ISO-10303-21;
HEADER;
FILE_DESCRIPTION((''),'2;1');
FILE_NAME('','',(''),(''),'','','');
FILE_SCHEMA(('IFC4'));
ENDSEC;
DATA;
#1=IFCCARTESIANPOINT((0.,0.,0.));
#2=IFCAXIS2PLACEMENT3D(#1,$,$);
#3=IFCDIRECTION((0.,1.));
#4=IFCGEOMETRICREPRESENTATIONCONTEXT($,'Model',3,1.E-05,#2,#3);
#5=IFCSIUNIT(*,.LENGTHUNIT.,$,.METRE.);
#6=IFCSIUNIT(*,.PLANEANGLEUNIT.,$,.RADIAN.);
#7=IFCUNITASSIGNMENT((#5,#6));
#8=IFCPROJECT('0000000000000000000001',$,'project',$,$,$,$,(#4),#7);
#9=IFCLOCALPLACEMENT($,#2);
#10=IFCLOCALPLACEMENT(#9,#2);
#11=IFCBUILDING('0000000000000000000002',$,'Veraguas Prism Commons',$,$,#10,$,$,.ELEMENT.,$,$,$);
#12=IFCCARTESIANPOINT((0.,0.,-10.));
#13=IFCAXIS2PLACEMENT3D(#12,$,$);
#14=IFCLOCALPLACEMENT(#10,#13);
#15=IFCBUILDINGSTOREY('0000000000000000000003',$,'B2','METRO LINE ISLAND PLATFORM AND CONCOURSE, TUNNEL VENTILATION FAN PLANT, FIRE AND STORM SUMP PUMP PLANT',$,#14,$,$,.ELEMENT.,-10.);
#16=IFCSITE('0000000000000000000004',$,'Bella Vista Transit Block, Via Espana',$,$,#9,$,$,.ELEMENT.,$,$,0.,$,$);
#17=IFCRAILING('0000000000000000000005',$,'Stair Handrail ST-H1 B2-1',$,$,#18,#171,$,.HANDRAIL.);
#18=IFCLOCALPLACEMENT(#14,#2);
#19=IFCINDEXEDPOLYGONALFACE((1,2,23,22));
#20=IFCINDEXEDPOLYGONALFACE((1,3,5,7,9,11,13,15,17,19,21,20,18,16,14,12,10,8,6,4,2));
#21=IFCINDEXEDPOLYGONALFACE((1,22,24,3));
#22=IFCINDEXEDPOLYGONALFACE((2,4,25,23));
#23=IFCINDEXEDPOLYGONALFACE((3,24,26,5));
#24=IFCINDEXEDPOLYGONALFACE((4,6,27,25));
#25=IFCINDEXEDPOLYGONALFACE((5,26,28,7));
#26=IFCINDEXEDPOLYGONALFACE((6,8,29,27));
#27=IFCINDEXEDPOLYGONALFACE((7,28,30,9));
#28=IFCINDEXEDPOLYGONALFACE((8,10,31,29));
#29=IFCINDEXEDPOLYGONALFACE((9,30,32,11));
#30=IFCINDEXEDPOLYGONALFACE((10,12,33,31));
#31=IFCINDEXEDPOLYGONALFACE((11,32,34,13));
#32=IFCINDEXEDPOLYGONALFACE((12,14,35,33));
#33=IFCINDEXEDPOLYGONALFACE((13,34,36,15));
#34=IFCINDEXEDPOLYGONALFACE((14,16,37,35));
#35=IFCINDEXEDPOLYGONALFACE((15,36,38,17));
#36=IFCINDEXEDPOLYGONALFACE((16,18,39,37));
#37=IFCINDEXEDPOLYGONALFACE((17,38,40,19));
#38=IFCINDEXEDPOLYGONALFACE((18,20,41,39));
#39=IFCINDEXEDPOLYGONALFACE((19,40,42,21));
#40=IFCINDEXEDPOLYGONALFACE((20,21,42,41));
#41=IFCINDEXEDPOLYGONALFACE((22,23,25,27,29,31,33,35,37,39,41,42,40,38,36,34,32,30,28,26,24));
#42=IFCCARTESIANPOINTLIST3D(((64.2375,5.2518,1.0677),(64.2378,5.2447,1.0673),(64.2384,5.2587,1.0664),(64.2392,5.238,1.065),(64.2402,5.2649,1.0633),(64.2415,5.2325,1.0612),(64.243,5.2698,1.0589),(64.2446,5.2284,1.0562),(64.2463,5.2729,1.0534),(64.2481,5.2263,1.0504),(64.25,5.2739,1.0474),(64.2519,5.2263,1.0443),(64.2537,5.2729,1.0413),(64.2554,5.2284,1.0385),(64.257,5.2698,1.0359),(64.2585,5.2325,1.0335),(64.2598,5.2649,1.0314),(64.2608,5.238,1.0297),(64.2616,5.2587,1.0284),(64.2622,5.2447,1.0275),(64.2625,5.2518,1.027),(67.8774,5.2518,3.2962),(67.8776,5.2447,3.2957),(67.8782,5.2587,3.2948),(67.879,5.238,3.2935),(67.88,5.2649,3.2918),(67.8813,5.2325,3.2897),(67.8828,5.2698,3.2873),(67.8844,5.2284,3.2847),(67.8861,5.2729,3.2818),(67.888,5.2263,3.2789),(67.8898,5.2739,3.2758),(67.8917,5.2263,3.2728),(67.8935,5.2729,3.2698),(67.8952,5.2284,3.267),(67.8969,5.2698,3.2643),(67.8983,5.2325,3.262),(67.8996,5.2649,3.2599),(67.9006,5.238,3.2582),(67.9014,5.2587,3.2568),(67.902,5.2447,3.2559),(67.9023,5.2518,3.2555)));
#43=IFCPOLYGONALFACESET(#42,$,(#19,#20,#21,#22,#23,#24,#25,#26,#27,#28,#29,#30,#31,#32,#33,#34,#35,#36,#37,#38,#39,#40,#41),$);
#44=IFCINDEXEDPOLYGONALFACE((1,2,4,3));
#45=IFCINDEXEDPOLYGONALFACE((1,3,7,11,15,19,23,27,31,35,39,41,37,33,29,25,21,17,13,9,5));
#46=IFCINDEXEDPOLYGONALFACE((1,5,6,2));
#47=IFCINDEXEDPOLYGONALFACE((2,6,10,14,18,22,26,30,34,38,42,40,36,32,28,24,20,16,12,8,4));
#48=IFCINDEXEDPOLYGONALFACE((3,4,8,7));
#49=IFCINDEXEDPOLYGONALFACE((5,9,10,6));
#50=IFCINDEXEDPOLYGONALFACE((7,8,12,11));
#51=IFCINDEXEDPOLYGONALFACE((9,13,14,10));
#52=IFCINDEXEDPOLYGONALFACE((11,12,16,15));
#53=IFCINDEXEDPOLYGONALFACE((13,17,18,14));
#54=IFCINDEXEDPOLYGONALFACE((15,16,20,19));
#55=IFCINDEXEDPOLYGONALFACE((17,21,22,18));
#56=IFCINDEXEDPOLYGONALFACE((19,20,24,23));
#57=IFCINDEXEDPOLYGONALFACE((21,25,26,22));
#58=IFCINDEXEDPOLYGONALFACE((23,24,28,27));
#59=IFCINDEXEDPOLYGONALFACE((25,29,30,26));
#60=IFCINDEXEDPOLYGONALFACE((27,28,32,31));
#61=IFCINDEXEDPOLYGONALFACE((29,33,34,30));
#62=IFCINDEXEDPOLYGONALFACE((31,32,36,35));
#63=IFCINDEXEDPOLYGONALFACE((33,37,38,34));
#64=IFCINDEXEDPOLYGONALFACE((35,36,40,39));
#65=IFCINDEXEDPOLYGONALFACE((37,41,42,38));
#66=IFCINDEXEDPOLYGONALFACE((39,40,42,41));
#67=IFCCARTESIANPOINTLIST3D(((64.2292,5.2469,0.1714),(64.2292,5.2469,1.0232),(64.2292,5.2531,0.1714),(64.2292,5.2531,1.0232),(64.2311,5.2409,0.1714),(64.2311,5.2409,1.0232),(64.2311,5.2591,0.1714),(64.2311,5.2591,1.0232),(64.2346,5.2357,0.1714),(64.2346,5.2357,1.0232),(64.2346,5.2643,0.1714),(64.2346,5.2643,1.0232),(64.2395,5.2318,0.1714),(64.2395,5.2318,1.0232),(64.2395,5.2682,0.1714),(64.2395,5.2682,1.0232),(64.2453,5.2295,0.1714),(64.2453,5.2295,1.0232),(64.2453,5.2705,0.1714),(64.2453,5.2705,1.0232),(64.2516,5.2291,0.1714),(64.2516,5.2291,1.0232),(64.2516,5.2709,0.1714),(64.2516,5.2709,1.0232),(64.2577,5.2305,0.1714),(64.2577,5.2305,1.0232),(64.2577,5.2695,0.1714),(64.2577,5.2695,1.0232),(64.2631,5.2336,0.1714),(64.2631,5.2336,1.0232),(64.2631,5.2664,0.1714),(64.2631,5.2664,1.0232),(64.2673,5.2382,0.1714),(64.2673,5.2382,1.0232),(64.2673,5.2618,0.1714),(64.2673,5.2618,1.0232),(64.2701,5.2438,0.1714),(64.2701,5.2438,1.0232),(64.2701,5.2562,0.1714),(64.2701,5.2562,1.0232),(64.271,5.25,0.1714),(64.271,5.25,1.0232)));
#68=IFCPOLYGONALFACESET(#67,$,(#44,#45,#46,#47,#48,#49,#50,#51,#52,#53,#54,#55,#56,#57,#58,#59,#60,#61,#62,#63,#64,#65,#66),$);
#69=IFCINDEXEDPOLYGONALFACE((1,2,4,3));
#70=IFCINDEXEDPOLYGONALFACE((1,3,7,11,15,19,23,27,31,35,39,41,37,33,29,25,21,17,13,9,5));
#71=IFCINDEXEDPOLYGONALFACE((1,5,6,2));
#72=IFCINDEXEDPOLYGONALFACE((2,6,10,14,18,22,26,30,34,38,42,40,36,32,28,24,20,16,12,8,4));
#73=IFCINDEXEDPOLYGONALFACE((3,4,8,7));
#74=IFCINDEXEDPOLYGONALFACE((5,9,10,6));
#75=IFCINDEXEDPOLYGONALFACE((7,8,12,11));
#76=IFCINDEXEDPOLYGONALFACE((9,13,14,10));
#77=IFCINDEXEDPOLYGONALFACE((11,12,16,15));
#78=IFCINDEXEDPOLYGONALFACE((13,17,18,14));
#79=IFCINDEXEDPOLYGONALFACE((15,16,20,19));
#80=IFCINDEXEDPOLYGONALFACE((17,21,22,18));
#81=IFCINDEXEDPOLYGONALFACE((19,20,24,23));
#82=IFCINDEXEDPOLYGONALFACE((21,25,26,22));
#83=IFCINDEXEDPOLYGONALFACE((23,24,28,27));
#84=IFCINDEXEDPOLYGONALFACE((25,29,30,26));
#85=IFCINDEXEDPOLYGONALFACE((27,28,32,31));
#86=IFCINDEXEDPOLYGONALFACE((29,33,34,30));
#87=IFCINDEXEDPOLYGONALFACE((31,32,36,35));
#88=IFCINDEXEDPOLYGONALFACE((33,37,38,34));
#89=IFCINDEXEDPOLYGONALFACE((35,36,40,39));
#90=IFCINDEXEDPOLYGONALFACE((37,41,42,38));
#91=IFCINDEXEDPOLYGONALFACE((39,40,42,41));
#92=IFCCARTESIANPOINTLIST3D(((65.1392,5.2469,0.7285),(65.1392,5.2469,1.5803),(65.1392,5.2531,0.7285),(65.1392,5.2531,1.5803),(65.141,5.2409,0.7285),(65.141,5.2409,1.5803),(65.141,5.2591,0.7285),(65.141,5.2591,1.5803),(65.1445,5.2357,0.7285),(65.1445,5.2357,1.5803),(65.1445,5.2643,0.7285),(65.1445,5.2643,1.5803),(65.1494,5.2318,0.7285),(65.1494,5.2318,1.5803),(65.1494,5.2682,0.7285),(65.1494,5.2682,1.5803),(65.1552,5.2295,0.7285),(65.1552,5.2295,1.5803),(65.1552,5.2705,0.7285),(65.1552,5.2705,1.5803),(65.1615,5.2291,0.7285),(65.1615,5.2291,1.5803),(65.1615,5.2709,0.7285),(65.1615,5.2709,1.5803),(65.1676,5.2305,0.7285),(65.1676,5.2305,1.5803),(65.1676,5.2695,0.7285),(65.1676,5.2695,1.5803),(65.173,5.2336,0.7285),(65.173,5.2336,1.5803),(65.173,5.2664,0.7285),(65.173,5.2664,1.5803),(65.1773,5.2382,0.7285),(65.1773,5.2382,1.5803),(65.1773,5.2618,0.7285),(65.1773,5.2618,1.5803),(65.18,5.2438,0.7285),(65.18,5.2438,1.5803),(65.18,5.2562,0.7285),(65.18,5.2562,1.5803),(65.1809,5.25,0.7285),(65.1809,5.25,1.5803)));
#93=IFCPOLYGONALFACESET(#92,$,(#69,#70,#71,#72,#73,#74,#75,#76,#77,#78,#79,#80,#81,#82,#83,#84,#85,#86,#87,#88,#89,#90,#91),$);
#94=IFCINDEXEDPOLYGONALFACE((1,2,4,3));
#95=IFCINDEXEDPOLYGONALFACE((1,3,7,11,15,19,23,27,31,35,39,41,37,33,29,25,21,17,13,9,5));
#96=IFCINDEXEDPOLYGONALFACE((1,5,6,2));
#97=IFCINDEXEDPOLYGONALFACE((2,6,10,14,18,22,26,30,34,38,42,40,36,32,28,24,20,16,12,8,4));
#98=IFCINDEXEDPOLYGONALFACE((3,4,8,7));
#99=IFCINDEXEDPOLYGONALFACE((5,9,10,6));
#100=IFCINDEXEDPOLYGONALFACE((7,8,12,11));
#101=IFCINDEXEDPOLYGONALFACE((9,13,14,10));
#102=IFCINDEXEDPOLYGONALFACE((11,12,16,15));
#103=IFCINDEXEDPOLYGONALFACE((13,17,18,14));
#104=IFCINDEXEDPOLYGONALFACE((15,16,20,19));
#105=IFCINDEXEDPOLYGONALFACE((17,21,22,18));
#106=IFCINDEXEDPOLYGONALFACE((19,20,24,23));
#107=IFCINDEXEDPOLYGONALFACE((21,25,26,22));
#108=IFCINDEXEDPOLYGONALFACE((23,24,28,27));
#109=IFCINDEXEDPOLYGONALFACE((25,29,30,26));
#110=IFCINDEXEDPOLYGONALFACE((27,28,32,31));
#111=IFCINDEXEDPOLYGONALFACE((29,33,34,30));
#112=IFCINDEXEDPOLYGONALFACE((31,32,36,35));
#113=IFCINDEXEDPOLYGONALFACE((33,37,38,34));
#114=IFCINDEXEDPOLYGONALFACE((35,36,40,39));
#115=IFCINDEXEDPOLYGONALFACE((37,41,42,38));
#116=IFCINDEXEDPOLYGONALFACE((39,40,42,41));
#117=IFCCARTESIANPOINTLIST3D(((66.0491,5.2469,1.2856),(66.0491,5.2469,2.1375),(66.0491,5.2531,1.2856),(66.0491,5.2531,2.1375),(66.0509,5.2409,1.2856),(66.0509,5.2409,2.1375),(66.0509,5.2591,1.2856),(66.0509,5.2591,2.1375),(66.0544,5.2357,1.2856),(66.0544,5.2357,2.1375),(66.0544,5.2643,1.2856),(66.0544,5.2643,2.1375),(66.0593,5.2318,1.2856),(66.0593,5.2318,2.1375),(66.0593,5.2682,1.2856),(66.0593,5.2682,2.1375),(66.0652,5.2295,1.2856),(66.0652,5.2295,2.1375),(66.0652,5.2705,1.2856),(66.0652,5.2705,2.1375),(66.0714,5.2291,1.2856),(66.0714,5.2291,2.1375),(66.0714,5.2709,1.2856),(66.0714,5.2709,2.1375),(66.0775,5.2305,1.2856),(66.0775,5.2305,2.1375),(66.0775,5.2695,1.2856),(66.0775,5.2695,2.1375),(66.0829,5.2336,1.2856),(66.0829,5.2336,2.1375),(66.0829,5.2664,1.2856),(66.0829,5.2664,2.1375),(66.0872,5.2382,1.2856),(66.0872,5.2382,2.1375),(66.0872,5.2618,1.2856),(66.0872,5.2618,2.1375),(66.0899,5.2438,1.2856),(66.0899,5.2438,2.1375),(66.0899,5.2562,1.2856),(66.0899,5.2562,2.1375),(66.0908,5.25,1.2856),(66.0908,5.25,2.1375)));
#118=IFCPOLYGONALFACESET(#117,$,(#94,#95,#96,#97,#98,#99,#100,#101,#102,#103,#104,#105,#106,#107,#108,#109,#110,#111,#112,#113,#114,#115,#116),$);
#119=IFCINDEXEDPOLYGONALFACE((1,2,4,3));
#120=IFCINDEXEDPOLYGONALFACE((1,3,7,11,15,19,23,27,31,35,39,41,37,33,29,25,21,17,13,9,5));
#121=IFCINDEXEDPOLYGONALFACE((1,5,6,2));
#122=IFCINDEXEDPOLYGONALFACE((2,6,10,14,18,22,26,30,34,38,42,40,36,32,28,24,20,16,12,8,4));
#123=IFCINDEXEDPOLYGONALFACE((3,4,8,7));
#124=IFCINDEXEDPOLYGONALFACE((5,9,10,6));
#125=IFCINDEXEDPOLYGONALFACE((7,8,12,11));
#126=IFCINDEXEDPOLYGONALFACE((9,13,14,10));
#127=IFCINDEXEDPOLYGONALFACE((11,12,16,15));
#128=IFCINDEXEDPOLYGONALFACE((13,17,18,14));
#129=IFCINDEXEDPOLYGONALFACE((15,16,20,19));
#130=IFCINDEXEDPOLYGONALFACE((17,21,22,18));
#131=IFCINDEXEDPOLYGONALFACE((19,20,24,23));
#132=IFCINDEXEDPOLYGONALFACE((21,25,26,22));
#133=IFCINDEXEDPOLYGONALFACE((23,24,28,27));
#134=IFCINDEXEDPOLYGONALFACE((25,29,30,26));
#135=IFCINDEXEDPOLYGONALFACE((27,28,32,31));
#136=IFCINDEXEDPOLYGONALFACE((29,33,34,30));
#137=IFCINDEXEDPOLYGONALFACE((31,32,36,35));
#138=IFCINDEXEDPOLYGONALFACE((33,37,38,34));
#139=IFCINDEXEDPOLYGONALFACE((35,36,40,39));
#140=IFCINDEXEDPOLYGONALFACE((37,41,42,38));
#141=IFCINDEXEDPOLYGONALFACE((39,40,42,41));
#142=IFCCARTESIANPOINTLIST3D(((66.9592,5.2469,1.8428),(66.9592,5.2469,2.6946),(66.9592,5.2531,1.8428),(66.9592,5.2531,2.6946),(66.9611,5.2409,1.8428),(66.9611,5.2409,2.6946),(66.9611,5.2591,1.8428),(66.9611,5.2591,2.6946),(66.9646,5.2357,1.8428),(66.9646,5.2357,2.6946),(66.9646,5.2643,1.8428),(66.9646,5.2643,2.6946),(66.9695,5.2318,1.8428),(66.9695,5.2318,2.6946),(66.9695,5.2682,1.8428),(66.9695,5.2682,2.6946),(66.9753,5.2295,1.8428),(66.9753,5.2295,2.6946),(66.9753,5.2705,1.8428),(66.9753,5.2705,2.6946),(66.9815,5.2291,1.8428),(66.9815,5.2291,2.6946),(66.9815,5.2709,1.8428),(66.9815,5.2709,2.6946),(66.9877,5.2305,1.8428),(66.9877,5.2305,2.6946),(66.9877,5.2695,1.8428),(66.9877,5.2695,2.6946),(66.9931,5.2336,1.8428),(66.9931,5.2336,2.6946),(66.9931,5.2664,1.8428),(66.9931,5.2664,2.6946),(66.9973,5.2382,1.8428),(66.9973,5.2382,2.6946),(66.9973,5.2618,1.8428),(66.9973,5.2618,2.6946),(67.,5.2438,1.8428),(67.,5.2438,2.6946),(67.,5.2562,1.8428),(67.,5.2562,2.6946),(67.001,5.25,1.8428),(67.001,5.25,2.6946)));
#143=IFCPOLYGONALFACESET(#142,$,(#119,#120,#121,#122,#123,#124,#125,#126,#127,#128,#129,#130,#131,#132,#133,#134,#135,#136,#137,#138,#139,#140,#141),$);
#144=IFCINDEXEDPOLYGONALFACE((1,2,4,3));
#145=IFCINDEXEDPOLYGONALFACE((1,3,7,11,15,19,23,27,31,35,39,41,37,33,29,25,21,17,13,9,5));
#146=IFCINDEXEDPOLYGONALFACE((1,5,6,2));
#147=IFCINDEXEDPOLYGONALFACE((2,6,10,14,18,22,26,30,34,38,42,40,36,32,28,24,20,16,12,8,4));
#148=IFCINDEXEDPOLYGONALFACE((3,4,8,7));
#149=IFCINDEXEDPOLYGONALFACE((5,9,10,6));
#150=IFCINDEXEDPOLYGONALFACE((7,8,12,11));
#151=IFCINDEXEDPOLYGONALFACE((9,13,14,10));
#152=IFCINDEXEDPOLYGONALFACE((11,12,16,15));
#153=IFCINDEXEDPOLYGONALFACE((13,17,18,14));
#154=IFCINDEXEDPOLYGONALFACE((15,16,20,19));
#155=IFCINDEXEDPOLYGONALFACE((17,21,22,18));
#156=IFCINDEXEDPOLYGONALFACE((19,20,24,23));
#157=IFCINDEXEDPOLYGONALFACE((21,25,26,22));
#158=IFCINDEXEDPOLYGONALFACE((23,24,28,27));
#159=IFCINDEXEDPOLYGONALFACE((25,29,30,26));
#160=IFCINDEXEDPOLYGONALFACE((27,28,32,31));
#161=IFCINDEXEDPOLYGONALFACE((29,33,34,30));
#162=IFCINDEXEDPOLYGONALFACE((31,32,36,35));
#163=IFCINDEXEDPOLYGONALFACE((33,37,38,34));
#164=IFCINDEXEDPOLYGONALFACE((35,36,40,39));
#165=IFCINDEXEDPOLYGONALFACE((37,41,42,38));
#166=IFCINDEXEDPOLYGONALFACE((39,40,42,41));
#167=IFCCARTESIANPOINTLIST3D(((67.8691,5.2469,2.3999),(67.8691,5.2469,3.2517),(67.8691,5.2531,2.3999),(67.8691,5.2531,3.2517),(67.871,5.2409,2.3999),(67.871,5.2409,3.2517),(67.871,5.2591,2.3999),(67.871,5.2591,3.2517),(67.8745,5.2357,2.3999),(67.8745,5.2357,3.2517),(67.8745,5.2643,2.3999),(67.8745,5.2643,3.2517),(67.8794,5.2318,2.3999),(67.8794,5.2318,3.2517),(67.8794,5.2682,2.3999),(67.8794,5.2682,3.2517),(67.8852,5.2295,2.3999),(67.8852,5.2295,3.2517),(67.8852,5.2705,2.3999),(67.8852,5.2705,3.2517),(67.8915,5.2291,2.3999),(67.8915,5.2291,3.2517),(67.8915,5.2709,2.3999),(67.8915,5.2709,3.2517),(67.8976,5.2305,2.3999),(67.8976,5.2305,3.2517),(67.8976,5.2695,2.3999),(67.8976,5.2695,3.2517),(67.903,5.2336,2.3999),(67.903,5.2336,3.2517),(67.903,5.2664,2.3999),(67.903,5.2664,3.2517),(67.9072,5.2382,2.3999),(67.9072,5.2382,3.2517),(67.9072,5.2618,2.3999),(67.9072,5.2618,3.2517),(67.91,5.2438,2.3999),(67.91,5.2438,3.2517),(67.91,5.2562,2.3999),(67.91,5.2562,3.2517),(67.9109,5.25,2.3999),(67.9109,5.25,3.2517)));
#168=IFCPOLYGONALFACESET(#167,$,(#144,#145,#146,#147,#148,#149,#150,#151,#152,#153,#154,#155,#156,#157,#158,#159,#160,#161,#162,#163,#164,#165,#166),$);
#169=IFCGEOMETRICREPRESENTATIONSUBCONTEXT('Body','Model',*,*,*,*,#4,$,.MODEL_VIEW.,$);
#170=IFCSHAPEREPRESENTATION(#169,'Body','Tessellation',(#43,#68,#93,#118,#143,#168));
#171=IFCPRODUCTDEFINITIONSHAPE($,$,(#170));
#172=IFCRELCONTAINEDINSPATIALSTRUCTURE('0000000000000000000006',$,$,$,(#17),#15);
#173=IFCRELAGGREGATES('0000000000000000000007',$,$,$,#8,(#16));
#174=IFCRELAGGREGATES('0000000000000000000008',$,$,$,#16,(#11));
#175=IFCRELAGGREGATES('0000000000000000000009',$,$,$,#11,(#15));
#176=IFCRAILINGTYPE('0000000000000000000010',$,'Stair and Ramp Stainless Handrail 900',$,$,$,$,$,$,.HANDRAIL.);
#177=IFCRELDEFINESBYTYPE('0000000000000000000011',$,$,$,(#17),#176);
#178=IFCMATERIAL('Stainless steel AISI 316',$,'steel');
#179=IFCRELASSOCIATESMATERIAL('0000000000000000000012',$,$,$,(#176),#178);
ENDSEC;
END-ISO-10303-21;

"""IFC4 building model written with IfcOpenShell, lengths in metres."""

from ifc_helpers import new_model, si_unit, direction, frame, origin, origin_2d, place, context, subcontext, project, spatial, circle, extrude, material, type_object, element, save


model = new_model("IFC4")

# Units and contexts
model_context = context("Model", 3, precision=1e-05, world=origin(), true_north=direction((0.0, 1.0)))
body_context = subcontext(model_context, "Body", "Model", "MODEL_VIEW")
ifc_project = project(units=[si_unit("LENGTHUNIT", "METRE"), si_unit("PLANEANGLEUNIT", "RADIAN")], contexts=[model_context])

# Site, building, storey
site_placement = place(None, origin())
site = spatial("IfcSite", under=ifc_project, at=site_placement, Name="Bella Vista Transit Block, Via Espana", CompositionType="ELEMENT", RefElevation=0.0)
building_placement = place(site_placement, origin())
building = spatial("IfcBuilding", under=site, at=building_placement, Name="Veraguas Prism Commons", CompositionType="ELEMENT")
storey_placement = place(building_placement, frame((0.0, 0.0, -10.0)))
storey = spatial("IfcBuildingStorey", under=building, at=storey_placement, Name="B2", Description="METRO LINE ISLAND PLATFORM AND CONCOURSE, TUNNEL VENTILATION FAN PLANT, FIRE AND STORM SUMP PUMP PLANT", CompositionType="ELEMENT", Elevation=-10.0)

# Railing
ifc_material_1 = material(Name="Stainless steel AISI 316", Category="steel")
railing_type_1 = type_object("IfcRailingType", Name="Stair and Ramp Stainless Handrail 900", PredefinedType="HANDRAIL", material=ifc_material_1)
railing_1_placement = place(storey_placement, frame((64.25, 5.25, 0.1714)))
element("IfcRailing", 1, at=railing_1_placement, inside=storey, type_object=railing_type_1, Name="Stair Handrail ST-H1 B2-1", PredefinedType="HANDRAIL", context=body_context, shape_type="SweptSolid", body=[
    extrude(circle(Radius=0.0239, at=origin_2d()), frame((0.0, 0.0, 0.876), z_axis=(0.85285, 0.0, 0.522156), x_axis=(0.0, 1.0, 0.0)), (0.0, 0.0, 1.0), 4.2678),
    extrude(circle(Radius=0.021, at=origin_2d()), origin(), (0.0, 0.0, 1.0), 0.8518),
    extrude(circle(Radius=0.021, at=origin_2d()), frame((0.9099, 0.0, 0.5571)), (0.0, 0.0, 1.0), 0.8518),
    extrude(circle(Radius=0.021, at=origin_2d()), frame((1.8198, 0.0, 1.1143)), (0.0, 0.0, 1.0), 0.8518),
    extrude(circle(Radius=0.021, at=origin_2d()), frame((2.73, 0.0, 1.6714)), (0.0, 0.0, 1.0), 0.8518),
    extrude(circle(Radius=0.021, at=origin_2d()), frame((3.6399, 0.0, 2.2285)), (0.0, 0.0, 1.0), 0.8518),
])

save(model, "model.ifc")
